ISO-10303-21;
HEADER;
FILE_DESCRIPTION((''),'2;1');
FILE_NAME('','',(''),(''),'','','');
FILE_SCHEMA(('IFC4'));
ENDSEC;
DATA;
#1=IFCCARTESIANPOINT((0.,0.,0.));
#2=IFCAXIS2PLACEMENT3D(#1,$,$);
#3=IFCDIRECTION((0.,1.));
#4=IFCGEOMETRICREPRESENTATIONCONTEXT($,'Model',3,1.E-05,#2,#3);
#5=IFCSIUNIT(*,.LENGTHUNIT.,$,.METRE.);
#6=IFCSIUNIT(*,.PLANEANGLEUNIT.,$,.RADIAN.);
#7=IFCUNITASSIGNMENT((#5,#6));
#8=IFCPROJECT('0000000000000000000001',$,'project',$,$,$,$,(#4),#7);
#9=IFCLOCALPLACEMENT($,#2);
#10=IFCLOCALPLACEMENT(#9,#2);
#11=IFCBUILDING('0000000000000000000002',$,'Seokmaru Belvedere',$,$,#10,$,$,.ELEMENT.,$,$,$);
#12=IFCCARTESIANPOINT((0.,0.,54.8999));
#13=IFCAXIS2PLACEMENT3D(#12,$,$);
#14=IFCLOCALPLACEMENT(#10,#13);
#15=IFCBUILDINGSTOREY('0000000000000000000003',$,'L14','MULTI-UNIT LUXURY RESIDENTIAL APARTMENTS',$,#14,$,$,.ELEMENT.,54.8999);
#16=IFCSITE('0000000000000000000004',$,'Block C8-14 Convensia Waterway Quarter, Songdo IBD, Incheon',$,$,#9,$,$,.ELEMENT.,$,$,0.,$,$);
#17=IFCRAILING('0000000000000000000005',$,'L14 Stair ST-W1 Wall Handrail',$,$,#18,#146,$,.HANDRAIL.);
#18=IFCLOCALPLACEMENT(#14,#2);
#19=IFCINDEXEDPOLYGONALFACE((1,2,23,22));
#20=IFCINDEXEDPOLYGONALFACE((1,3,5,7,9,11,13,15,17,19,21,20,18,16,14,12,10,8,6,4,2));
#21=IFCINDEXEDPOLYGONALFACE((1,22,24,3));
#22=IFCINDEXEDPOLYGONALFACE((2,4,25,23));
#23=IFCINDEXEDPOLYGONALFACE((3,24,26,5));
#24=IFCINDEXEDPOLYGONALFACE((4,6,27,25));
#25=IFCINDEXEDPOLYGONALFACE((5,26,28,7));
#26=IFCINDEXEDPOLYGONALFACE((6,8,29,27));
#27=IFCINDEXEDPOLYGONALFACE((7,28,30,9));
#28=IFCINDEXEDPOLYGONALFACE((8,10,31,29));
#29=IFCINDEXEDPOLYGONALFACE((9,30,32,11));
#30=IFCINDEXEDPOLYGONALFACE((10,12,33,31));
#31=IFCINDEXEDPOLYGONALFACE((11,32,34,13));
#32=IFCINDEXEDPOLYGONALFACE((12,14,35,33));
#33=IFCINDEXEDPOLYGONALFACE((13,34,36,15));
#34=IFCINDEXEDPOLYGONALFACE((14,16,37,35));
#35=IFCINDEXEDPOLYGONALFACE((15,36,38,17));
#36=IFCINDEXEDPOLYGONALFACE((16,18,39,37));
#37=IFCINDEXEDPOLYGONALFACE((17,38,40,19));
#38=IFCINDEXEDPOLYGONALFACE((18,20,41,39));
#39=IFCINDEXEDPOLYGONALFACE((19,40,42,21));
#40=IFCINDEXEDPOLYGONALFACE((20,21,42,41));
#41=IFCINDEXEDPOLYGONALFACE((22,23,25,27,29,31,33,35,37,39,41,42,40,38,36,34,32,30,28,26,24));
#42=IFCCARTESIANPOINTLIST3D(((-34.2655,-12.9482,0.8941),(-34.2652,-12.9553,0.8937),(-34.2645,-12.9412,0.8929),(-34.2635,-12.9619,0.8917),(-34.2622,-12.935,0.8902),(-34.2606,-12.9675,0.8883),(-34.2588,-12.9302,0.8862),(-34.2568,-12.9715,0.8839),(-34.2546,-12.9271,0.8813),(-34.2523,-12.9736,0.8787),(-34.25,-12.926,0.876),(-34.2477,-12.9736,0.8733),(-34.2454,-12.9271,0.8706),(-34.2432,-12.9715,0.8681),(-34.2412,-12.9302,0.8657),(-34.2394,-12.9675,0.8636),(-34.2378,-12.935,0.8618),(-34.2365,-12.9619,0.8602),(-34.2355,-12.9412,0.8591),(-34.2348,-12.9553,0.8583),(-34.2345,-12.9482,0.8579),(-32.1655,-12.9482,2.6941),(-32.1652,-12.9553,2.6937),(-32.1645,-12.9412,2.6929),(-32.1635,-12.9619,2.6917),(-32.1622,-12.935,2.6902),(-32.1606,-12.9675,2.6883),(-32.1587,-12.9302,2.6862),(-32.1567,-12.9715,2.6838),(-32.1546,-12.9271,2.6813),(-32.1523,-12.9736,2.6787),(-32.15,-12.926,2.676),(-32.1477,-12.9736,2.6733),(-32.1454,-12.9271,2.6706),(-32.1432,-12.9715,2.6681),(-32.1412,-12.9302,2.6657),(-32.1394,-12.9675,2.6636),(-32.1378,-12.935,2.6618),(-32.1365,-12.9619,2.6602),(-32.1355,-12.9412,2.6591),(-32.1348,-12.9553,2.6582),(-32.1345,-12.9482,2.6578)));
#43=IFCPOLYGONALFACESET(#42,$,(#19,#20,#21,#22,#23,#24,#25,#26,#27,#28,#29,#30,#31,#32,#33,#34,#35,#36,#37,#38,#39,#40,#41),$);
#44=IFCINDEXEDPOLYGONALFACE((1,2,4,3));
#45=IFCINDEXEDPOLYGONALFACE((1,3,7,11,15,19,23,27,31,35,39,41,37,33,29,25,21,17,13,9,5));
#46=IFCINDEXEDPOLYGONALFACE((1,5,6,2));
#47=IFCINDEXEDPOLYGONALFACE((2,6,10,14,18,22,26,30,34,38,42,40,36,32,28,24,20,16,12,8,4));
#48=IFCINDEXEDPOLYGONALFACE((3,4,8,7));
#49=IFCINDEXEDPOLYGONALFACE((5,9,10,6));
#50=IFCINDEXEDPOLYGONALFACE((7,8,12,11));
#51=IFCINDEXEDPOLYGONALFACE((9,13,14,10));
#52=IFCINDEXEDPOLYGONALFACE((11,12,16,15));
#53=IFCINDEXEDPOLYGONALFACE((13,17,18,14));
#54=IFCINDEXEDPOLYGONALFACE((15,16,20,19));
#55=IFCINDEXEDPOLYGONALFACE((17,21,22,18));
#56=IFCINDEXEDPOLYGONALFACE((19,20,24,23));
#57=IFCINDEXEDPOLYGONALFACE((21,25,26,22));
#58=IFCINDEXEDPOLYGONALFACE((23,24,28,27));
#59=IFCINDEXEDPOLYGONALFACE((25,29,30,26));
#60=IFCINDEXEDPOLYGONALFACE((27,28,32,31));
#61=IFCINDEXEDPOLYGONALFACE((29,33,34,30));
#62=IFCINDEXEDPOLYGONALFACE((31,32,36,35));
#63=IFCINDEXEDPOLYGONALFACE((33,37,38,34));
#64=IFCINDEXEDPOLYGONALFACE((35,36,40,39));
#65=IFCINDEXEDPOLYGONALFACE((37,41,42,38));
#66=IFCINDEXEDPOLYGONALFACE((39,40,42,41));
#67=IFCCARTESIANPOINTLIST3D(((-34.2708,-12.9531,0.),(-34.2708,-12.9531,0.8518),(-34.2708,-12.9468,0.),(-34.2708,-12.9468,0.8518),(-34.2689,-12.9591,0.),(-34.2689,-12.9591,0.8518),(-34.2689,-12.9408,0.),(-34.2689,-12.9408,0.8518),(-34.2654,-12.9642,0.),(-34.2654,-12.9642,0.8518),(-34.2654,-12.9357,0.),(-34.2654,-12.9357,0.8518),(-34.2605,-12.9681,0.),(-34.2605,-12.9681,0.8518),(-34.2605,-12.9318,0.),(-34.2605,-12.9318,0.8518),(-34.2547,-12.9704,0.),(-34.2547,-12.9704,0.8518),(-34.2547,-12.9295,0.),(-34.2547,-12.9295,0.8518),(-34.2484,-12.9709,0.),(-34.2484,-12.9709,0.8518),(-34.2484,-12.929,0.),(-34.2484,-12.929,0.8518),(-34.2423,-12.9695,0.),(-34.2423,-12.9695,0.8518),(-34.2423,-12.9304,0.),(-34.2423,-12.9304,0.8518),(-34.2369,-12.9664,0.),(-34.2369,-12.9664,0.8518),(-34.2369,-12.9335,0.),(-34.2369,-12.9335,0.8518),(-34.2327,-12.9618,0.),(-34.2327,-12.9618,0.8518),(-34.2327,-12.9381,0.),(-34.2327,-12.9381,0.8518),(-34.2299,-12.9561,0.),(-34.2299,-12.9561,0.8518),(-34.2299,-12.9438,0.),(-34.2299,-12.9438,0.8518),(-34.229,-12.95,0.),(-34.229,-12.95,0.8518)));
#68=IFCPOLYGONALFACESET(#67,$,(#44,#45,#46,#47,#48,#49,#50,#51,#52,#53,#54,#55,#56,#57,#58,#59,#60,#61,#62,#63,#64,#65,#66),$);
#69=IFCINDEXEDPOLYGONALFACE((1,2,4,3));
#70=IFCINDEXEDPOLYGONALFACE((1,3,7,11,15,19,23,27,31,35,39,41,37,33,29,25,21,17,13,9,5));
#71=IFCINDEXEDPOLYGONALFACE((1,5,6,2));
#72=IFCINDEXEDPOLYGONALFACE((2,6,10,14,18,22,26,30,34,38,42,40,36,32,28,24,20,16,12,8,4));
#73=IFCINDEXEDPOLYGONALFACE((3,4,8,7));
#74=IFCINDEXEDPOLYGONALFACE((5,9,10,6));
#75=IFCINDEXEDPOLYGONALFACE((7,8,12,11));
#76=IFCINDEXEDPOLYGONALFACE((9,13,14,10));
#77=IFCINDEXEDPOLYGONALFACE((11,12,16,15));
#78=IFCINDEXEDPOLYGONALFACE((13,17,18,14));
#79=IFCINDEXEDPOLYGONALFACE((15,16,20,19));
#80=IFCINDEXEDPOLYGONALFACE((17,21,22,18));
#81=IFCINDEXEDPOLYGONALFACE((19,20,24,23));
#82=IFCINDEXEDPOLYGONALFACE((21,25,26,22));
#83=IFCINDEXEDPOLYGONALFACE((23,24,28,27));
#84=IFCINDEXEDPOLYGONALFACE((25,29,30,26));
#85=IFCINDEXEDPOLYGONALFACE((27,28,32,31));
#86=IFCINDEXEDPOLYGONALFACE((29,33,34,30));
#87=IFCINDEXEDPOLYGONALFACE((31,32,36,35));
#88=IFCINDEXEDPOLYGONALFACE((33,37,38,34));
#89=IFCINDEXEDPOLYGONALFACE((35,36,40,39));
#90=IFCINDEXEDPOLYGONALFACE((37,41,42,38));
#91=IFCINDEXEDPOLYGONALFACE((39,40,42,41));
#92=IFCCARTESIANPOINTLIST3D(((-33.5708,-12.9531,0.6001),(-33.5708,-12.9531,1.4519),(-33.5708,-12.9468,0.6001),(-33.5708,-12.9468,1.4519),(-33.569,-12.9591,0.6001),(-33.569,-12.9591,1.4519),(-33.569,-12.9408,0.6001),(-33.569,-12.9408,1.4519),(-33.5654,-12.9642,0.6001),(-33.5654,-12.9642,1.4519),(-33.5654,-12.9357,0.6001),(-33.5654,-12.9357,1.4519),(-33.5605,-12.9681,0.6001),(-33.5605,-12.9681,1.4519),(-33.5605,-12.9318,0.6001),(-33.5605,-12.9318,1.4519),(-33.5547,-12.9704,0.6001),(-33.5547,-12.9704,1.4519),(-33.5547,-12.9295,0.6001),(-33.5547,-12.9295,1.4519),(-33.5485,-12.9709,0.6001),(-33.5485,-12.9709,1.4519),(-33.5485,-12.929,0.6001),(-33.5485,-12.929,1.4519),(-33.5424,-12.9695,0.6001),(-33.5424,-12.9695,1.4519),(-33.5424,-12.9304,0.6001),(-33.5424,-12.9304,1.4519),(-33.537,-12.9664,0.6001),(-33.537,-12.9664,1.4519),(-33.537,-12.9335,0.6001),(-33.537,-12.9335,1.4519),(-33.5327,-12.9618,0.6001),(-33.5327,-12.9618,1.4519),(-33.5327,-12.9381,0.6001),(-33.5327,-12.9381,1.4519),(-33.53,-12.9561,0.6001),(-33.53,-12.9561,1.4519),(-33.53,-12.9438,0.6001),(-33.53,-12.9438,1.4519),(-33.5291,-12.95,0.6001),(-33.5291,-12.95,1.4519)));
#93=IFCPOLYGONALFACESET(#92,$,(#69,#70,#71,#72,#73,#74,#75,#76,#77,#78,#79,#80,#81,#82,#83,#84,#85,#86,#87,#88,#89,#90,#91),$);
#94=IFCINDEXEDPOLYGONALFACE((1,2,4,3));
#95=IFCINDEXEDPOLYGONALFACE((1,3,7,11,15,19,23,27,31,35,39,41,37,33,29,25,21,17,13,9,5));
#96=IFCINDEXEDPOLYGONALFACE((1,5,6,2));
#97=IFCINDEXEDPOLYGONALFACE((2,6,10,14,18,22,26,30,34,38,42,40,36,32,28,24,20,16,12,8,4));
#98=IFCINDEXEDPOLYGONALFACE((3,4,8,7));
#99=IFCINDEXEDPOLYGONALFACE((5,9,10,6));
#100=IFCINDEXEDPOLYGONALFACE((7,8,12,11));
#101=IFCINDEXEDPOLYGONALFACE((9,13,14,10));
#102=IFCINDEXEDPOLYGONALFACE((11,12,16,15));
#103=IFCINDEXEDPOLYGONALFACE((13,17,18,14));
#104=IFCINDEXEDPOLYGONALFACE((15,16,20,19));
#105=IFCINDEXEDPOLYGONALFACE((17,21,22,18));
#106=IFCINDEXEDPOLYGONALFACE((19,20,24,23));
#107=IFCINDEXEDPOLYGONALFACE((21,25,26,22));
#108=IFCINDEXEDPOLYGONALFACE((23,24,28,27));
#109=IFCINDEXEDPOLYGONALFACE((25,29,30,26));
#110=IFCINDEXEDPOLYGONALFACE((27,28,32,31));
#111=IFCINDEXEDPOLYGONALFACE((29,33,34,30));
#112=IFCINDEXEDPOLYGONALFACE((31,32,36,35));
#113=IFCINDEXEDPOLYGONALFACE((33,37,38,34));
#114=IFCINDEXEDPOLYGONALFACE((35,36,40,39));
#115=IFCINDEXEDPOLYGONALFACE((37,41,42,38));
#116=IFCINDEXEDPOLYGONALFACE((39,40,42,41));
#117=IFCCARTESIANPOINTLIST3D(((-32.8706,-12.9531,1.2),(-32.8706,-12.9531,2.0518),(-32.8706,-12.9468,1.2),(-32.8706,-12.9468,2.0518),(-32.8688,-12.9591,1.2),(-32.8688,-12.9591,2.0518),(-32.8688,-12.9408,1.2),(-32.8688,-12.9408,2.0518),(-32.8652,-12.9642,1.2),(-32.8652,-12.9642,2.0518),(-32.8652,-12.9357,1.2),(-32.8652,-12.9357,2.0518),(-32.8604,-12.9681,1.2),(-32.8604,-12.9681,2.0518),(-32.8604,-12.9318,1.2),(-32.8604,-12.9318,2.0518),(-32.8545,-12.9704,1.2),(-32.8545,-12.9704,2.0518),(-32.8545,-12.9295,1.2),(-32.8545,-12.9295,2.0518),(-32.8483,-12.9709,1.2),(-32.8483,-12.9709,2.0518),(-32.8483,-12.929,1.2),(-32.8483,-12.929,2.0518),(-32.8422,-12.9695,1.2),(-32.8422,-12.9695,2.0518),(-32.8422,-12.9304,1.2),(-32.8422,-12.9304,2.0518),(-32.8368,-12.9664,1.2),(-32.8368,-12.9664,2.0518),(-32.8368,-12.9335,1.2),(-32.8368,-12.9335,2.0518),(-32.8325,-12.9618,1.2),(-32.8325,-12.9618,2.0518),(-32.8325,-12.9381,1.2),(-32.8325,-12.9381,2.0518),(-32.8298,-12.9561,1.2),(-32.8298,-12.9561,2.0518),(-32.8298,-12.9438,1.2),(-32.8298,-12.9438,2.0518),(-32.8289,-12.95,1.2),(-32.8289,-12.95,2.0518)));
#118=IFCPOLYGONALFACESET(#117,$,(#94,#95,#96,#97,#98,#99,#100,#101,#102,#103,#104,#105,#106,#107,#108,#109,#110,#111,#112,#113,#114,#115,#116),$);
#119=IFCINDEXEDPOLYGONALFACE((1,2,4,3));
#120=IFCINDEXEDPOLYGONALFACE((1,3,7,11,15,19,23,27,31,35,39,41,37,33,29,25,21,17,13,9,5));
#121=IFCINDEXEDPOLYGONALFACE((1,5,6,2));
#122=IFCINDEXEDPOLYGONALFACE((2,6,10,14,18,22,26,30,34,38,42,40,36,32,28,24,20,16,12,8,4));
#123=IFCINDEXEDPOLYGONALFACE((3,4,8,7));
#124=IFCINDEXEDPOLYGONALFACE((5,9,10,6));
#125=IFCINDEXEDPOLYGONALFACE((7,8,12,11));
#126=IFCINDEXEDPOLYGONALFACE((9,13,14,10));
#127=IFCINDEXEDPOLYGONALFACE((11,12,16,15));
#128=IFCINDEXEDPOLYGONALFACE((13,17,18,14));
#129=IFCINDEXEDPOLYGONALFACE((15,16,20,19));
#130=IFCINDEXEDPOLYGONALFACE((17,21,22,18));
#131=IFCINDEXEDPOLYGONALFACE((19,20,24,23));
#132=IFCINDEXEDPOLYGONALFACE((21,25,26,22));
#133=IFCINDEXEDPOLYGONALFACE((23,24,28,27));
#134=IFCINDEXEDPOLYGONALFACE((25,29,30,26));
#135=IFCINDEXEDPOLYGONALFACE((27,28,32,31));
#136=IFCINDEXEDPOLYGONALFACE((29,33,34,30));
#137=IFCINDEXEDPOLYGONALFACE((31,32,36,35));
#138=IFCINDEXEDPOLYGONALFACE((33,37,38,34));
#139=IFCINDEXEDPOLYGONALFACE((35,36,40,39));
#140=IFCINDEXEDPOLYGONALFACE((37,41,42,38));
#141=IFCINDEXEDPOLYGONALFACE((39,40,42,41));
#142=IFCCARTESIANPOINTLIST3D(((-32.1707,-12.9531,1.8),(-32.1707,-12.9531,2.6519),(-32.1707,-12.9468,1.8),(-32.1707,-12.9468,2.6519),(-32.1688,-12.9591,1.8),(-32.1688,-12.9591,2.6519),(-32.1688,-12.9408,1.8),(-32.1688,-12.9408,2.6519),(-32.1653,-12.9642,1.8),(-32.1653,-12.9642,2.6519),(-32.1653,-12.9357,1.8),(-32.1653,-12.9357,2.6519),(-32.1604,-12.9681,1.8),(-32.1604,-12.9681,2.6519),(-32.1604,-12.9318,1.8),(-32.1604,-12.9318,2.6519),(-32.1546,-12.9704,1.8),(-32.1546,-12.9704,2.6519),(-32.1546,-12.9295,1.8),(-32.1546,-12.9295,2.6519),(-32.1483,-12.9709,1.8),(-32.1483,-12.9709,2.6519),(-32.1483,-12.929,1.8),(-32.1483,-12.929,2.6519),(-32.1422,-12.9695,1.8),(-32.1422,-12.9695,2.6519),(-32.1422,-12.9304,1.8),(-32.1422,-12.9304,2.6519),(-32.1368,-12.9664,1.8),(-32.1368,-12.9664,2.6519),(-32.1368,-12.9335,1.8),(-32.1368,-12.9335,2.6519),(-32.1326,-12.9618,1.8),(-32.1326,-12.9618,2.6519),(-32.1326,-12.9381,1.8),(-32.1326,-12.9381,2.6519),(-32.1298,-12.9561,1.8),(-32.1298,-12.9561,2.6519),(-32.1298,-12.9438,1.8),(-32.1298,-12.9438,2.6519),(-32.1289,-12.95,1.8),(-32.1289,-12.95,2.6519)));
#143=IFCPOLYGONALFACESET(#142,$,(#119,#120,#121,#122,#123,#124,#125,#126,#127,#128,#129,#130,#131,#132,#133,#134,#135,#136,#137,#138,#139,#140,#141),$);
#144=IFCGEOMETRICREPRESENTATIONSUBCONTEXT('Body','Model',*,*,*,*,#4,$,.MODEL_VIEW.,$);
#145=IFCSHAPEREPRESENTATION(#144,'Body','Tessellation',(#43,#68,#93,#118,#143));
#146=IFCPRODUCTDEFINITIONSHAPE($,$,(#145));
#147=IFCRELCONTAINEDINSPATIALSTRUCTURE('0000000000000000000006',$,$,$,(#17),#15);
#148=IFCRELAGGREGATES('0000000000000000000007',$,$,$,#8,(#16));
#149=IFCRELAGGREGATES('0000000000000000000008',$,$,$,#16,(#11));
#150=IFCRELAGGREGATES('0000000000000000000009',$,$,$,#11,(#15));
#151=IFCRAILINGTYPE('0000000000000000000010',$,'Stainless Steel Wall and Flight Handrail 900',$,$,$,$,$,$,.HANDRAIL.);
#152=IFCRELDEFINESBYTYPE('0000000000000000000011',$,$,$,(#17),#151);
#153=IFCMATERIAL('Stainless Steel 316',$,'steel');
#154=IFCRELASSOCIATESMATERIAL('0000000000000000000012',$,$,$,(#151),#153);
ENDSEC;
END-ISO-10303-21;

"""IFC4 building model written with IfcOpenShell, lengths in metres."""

from ifc_helpers import new_model, si_unit, direction, frame, origin, origin_2d, place, context, subcontext, project, spatial, circle, extrude, material, type_object, element, save


model = new_model("IFC4")

# Units and contexts
model_context = context("Model", 3, precision=1e-05, world=origin(), true_north=direction((0.0, 1.0)))
body_context = subcontext(model_context, "Body", "Model", "MODEL_VIEW")
ifc_project = project(units=[si_unit("LENGTHUNIT", "METRE"), si_unit("PLANEANGLEUNIT", "RADIAN")], contexts=[model_context])

# Site, building, storey
site_placement = place(None, origin())
site = spatial("IfcSite", under=ifc_project, at=site_placement, Name="Block C8-14 Convensia Waterway Quarter, Songdo IBD, Incheon", CompositionType="ELEMENT", RefElevation=0.0)
building_placement = place(site_placement, origin())
building = spatial("IfcBuilding", under=site, at=building_placement, Name="Seokmaru Belvedere", CompositionType="ELEMENT")
storey_placement = place(building_placement, frame((0.0, 0.0, 54.8999)))
storey = spatial("IfcBuildingStorey", under=building, at=storey_placement, Name="L14", Description="MULTI-UNIT LUXURY RESIDENTIAL APARTMENTS", CompositionType="ELEMENT", Elevation=54.8999)

# Railing
ifc_material_1 = material(Name="Stainless Steel 316", Category="steel")
railing_type = type_object("IfcRailingType", Name="Stainless Steel Wall and Flight Handrail 900", PredefinedType="HANDRAIL", material=ifc_material_1)
railing_placement = place(storey_placement, frame((-34.25, -12.95, 0.0)))
element("IfcRailing", 1, at=railing_placement, inside=storey, type_object=railing_type, Name="L14 Stair ST-W1 Wall Handrail", PredefinedType="HANDRAIL", context=body_context, shape_type="SweptSolid", body=[
    extrude(circle(Radius=0.0239, at=origin_2d()), frame((0.0, 0.0, 0.876), z_axis=(0.759263, 0.0, 0.650784), x_axis=(0.0, 1.0, 0.0)), (0.0, 0.0, 1.0), 2.7659),
    extrude(circle(Radius=0.021, at=origin_2d()), origin(), (0.0, 0.0, 1.0), 0.8518),
    extrude(circle(Radius=0.021, at=origin_2d()), frame((0.7, 0.0, 0.6001)), (0.0, 0.0, 1.0), 0.8518),
    extrude(circle(Radius=0.021, at=origin_2d()), frame((1.4001, 0.0, 1.2)), (0.0, 0.0, 1.0), 0.8518),
    extrude(circle(Radius=0.021, at=origin_2d()), frame((2.1001, 0.0, 1.8)), (0.0, 0.0, 1.0), 0.8518),
])

save(model, "model.ifc")
